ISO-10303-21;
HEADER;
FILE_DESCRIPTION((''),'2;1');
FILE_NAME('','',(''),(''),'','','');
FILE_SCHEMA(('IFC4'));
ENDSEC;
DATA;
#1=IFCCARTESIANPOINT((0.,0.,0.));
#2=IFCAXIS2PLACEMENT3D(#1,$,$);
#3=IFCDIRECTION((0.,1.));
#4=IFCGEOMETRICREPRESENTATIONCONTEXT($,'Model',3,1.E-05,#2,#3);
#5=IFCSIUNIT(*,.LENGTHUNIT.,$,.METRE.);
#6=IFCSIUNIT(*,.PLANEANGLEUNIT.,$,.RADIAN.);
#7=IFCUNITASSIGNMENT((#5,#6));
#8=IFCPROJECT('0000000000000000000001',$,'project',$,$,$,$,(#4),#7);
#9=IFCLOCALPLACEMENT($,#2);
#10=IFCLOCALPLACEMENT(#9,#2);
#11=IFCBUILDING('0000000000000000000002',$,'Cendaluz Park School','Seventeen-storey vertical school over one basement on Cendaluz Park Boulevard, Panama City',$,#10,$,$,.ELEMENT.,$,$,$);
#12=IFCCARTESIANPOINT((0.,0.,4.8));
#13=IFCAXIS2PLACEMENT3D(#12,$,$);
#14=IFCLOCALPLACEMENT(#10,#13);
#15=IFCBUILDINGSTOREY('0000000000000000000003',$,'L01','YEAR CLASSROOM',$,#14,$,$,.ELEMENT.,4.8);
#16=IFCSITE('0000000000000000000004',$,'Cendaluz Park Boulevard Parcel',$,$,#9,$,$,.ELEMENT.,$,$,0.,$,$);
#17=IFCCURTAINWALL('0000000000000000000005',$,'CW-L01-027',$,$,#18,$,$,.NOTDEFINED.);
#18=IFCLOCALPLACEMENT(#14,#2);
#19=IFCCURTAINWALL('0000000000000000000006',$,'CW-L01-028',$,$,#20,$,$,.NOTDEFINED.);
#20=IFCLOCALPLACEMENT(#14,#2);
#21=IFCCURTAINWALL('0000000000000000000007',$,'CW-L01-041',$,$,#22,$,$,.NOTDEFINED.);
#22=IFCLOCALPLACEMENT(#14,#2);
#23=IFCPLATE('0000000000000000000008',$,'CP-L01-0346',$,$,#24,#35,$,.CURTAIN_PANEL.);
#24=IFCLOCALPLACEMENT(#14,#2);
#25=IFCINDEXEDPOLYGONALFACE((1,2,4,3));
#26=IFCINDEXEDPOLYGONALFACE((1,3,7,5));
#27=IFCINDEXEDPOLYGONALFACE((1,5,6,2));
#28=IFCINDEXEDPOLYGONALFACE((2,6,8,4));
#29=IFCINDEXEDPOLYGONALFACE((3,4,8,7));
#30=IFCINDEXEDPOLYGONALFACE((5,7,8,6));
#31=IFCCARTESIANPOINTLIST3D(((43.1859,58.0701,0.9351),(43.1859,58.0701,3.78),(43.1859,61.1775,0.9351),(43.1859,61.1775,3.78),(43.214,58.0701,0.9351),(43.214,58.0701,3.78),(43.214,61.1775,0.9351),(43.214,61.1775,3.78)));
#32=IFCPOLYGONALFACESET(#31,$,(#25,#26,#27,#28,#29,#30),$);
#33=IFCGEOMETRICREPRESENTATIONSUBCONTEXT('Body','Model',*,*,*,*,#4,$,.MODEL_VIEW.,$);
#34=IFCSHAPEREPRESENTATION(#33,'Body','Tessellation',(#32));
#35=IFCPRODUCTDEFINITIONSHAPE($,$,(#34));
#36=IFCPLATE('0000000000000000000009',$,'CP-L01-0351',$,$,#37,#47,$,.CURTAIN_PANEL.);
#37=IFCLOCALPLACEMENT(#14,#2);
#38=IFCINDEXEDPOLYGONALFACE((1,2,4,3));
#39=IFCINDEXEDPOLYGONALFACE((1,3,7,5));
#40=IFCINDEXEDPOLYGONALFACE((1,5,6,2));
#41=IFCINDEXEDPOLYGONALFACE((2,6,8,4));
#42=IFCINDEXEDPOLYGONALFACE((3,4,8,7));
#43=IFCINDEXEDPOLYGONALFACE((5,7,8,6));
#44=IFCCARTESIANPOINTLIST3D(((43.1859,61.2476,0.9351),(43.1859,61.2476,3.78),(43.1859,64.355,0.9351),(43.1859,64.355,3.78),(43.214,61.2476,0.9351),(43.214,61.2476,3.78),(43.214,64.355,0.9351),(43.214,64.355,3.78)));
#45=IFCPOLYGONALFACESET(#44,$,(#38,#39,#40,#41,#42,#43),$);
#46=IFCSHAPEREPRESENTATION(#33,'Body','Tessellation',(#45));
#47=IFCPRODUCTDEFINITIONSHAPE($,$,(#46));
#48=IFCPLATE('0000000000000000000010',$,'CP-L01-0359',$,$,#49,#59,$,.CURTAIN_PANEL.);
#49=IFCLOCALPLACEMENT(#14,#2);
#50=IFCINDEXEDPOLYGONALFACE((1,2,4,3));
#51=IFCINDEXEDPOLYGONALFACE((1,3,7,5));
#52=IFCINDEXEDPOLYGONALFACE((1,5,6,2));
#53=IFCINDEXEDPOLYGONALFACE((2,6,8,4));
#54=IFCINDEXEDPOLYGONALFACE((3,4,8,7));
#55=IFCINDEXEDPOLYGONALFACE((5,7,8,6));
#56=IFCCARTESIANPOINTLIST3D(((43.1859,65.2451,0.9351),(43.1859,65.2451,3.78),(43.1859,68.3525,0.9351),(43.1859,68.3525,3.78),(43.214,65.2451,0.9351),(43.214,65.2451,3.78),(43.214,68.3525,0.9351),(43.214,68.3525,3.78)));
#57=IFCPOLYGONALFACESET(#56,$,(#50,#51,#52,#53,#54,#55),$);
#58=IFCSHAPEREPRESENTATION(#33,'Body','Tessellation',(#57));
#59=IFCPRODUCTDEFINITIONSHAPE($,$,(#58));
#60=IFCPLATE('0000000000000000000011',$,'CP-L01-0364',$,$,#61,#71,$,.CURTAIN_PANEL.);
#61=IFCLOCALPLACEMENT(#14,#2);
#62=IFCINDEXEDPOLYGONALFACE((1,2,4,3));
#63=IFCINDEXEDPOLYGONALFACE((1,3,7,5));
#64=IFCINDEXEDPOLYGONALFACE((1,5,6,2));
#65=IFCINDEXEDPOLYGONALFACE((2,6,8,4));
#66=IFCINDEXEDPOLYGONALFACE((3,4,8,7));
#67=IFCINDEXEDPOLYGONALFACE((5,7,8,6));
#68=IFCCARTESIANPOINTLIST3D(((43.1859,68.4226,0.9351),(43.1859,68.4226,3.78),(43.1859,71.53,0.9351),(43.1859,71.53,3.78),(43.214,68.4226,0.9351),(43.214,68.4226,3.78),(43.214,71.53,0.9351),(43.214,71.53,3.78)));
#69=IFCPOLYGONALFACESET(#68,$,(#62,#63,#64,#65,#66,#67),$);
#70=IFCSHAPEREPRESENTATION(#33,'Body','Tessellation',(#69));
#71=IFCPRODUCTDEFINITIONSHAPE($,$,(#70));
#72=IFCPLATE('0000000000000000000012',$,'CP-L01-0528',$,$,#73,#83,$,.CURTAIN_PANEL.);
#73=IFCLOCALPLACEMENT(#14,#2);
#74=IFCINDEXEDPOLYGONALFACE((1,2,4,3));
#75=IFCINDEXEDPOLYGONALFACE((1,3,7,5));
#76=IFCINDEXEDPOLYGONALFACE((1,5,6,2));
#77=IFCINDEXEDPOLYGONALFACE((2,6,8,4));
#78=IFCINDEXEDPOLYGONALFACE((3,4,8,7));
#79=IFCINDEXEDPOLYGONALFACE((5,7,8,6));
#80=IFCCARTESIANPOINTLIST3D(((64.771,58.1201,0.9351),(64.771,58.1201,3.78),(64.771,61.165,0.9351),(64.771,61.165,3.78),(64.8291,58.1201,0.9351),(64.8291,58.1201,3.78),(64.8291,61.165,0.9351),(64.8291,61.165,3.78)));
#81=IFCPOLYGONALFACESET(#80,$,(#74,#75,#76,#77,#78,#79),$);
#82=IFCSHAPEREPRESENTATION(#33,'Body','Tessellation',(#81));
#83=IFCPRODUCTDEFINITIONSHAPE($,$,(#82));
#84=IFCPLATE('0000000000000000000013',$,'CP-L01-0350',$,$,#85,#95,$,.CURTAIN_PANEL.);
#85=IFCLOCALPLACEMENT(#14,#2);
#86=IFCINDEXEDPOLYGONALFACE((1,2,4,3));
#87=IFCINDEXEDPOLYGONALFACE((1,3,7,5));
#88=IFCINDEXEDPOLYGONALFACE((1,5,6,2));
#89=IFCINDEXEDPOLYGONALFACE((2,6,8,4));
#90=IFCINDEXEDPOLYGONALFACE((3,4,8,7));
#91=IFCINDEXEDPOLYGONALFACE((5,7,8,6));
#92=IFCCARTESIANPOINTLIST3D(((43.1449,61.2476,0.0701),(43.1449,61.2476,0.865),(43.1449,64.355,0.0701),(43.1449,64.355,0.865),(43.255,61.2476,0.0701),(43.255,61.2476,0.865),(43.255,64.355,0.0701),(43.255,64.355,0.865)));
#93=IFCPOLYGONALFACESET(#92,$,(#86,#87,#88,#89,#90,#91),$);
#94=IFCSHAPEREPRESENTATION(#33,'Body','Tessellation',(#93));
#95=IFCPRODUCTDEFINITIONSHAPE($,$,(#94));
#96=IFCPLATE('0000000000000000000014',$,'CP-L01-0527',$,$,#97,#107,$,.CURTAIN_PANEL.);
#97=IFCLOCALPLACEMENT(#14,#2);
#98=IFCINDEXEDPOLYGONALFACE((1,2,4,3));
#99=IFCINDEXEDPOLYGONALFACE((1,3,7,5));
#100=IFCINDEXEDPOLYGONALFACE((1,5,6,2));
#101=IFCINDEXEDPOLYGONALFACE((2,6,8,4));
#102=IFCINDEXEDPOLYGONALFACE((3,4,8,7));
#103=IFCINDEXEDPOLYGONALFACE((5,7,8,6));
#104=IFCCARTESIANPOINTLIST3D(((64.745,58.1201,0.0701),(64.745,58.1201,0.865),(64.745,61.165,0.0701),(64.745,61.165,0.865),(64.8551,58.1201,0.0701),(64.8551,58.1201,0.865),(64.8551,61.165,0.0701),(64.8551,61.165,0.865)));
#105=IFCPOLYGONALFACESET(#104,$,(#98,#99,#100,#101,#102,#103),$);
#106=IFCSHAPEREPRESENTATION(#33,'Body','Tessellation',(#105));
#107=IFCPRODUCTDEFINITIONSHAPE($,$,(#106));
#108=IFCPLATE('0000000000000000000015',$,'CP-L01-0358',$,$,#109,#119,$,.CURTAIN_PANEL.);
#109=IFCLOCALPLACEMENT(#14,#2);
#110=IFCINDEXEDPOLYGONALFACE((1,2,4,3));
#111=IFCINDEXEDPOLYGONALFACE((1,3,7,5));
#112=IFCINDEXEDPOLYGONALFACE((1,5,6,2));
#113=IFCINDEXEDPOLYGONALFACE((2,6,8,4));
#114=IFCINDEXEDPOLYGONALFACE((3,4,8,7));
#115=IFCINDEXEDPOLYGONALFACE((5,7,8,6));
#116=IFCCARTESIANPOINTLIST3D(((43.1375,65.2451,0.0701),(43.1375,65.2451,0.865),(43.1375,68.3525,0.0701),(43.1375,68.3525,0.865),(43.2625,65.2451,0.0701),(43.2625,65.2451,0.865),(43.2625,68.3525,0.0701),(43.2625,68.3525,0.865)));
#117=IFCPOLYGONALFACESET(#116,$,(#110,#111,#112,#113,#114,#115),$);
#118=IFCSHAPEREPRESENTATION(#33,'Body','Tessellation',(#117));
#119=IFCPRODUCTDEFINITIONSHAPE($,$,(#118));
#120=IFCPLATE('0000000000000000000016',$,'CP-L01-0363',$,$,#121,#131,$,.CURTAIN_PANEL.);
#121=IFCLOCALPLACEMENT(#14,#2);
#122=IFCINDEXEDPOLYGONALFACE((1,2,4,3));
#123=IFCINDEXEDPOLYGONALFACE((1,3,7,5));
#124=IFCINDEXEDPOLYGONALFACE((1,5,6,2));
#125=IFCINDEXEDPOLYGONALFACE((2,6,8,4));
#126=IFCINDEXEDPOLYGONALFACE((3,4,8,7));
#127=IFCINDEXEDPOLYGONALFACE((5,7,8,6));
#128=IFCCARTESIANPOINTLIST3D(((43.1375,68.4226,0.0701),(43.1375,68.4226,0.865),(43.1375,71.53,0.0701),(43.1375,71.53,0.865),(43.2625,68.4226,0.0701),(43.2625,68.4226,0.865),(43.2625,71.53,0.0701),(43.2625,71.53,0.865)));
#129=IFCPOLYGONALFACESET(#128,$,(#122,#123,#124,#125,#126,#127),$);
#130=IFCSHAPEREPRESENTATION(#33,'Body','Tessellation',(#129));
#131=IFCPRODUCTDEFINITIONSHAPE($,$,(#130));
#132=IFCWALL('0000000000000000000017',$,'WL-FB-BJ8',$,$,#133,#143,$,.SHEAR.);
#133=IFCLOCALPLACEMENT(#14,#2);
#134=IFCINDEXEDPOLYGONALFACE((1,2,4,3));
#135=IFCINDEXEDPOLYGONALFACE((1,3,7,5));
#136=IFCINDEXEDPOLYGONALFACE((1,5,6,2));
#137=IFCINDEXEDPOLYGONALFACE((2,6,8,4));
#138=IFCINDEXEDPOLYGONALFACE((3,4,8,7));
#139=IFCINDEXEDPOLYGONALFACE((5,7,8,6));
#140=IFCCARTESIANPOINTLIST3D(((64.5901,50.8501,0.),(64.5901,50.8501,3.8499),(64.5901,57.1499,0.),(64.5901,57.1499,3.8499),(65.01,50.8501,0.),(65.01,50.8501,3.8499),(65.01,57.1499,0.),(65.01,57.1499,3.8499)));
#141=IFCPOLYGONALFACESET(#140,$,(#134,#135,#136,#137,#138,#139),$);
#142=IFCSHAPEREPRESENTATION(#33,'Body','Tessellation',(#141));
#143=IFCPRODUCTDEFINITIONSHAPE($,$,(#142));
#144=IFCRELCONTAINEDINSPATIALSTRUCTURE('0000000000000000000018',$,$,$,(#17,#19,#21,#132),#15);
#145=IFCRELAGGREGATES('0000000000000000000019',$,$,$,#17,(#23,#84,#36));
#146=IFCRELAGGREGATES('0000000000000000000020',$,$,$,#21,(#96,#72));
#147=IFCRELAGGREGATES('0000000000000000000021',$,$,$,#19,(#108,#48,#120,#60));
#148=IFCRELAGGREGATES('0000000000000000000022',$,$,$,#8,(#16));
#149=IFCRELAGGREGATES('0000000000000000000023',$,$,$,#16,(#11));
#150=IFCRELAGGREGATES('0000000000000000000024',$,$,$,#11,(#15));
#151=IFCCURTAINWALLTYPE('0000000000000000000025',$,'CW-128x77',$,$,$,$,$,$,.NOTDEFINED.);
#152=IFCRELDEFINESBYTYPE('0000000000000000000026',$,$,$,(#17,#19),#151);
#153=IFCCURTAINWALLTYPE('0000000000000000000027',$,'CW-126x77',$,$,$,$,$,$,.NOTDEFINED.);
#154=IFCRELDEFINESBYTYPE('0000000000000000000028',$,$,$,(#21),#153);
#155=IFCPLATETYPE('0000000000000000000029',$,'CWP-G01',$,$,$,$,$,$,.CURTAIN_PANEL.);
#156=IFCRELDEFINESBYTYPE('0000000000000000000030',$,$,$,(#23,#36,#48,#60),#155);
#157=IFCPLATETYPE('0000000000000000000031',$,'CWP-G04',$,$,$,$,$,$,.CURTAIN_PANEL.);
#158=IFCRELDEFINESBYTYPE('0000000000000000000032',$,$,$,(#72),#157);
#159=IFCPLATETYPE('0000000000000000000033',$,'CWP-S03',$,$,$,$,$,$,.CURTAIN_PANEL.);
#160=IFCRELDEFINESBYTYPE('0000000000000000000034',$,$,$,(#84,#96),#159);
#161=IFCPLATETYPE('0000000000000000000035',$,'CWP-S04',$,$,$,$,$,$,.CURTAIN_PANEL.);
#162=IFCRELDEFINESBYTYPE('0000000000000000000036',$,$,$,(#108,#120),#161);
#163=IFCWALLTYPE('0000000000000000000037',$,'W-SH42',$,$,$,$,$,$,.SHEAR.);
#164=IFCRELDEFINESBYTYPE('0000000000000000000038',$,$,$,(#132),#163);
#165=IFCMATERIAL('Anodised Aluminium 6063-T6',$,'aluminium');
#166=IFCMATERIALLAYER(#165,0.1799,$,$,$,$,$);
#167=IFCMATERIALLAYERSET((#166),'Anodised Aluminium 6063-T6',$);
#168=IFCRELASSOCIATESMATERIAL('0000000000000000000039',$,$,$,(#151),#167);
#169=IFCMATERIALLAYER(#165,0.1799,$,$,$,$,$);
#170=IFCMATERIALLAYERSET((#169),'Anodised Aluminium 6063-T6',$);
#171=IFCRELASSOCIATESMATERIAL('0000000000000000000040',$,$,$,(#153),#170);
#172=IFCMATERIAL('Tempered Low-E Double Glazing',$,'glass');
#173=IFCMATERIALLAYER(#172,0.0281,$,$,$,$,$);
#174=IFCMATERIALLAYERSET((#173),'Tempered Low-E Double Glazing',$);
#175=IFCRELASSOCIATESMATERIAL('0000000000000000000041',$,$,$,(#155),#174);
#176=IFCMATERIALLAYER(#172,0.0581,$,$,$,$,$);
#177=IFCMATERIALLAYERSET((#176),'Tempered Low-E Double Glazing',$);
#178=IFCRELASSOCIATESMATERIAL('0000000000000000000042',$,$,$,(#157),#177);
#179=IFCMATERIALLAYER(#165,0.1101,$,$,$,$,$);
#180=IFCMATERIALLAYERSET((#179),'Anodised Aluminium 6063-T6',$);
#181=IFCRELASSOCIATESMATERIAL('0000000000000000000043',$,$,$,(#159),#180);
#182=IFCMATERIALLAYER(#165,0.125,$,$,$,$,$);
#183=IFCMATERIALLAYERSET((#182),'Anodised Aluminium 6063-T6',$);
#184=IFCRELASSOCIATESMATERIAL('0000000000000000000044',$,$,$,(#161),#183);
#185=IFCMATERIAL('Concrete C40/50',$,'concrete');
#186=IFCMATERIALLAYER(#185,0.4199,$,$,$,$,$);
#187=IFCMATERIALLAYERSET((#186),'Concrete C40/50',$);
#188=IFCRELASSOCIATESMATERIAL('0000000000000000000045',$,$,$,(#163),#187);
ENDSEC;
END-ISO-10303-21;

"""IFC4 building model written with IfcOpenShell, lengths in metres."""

from ifc_helpers import new_model, si_unit, direction, frame, frame_2d, origin, origin_2d, place, context, subcontext, project, spatial, rectangle, extrude, material, layer, layer_set, type_object, element, aggregate, save


model = new_model("IFC4")

# Units and contexts
model_context = context("Model", 3, precision=1e-05, world=origin(), true_north=direction((0.0, 1.0)))
body_context = subcontext(model_context, "Body", "Model", "MODEL_VIEW")
ifc_project = project(units=[si_unit("LENGTHUNIT", "METRE"), si_unit("PLANEANGLEUNIT", "RADIAN")], contexts=[model_context])

# Site, building, storey
site_placement = place(None, origin())
site = spatial("IfcSite", under=ifc_project, at=site_placement, Name="Cendaluz Park Boulevard Parcel", CompositionType="ELEMENT", RefElevation=0.0)
building_placement = place(site_placement, origin())
building = spatial("IfcBuilding", under=site, at=building_placement, Name="Cendaluz Park School", Description="Seventeen-storey vertical school over one basement on Cendaluz Park Boulevard, Panama City", CompositionType="ELEMENT")
storey_placement = place(building_placement, frame((0.0, 0.0, 4.8)))
storey = spatial("IfcBuildingStorey", under=building, at=storey_placement, Name="L01", Description="YEAR CLASSROOM", CompositionType="ELEMENT", Elevation=4.8)

# Shared definitions
ifc_material_1 = material(Name="Concrete C40/50", Category="concrete")

# Curtain walls
ifc_material_2 = material(Name="Anodised Aluminium 6063-T6", Category="aluminium")
ifc_layer_1 = layer(ifc_material_2, 0.1799)
ifc_layer_set_1 = layer_set([ifc_layer_1], Name="Anodised Aluminium 6063-T6")
curtain_wall_type_1 = type_object("IfcCurtainWallType", Name="CW-128x77", PredefinedType="NOTDEFINED", material=ifc_layer_set_1)
curtain_wall_1_placement = place(storey_placement, origin())
curtain_wall_1 = element("IfcCurtainWall", 1, at=curtain_wall_1_placement, inside=storey, type_object=curtain_wall_type_1, Name="CW-L01-027", PredefinedType="NOTDEFINED")
curtain_wall_2_placement = place(storey_placement, origin())
curtain_wall_2 = element("IfcCurtainWall", 2, at=curtain_wall_2_placement, inside=storey, type_object=curtain_wall_type_1, Name="CW-L01-028", PredefinedType="NOTDEFINED")
ifc_layer_2 = layer(ifc_material_2, 0.1799)
ifc_layer_set_2 = layer_set([ifc_layer_2], Name="Anodised Aluminium 6063-T6")
curtain_wall_type_2 = type_object("IfcCurtainWallType", Name="CW-126x77", PredefinedType="NOTDEFINED", material=ifc_layer_set_2)
curtain_wall_3_placement = place(storey_placement, origin())
curtain_wall_3 = element("IfcCurtainWall", 3, at=curtain_wall_3_placement, inside=storey, type_object=curtain_wall_type_2, Name="CW-L01-041", PredefinedType="NOTDEFINED")

# Plates
ifc_material_3 = material(Name="Tempered Low-E Double Glazing", Category="glass")
ifc_layer_3 = layer(ifc_material_3, 0.0281)
ifc_layer_set_3 = layer_set([ifc_layer_3], Name="Tempered Low-E Double Glazing")
plate_type_1 = type_object("IfcPlateType", Name="CWP-G01", PredefinedType="CURTAIN_PANEL", material=ifc_layer_set_3)
plate_1_placement = place(storey_placement, frame((43.2, 59.6238, 0.9351), z_axis=(0.0, 0.0, 1.0), x_axis=(0.0, 1.0, 0.0)))
plate_1 = element("IfcPlate", 4, at=plate_1_placement, type_object=plate_type_1, Name="CP-L01-0346", PredefinedType="CURTAIN_PANEL", context=body_context, shape_type="SweptSolid", body=[
    extrude(rectangle(XDim=3.1074, YDim=0.0281, at=origin_2d()), origin(), (0.0, 0.0, 1.0), 2.845),
])
plate_2_placement = place(storey_placement, frame((43.2, 62.8013, 0.9351), z_axis=(0.0, 0.0, 1.0), x_axis=(0.0, 1.0, 0.0)))
plate_2 = element("IfcPlate", 5, at=plate_2_placement, type_object=plate_type_1, Name="CP-L01-0351", PredefinedType="CURTAIN_PANEL", context=body_context, shape_type="SweptSolid", body=[
    extrude(rectangle(XDim=3.1074, YDim=0.0281, at=origin_2d()), origin(), (0.0, 0.0, 1.0), 2.845),
])
plate_3_placement = place(storey_placement, frame((43.2, 66.7988, 0.9351), z_axis=(0.0, 0.0, 1.0), x_axis=(0.0, 1.0, 0.0)))
plate_3 = element("IfcPlate", 6, at=plate_3_placement, type_object=plate_type_1, Name="CP-L01-0359", PredefinedType="CURTAIN_PANEL", context=body_context, shape_type="SweptSolid", body=[
    extrude(rectangle(XDim=3.1074, YDim=0.0281, at=origin_2d()), origin(), (0.0, 0.0, 1.0), 2.845),
])
plate_4_placement = place(storey_placement, frame((43.2, 69.9763, 0.9351), z_axis=(0.0, 0.0, 1.0), x_axis=(0.0, 1.0, 0.0)))
plate_4 = element("IfcPlate", 7, at=plate_4_placement, type_object=plate_type_1, Name="CP-L01-0364", PredefinedType="CURTAIN_PANEL", context=body_context, shape_type="SweptSolid", body=[
    extrude(rectangle(XDim=3.1074, YDim=0.0281, at=origin_2d()), origin(), (0.0, 0.0, 1.0), 2.845),
])
ifc_layer_4 = layer(ifc_material_3, 0.0581)
ifc_layer_set_4 = layer_set([ifc_layer_4], Name="Tempered Low-E Double Glazing")
plate_type_2 = type_object("IfcPlateType", Name="CWP-G04", PredefinedType="CURTAIN_PANEL", material=ifc_layer_set_4)
plate_5_placement = place(storey_placement, frame((64.8, 59.6426, 0.9351), z_axis=(0.0, 0.0, 1.0), x_axis=(0.0, 1.0, 0.0)))
plate_5 = element("IfcPlate", 8, at=plate_5_placement, type_object=plate_type_2, Name="CP-L01-0528", PredefinedType="CURTAIN_PANEL", context=body_context, shape_type="SweptSolid", body=[
    extrude(rectangle(XDim=3.0449, YDim=0.0581, at=origin_2d()), origin(), (0.0, 0.0, 1.0), 2.845),
])
ifc_layer_5 = layer(ifc_material_2, 0.1101)
ifc_layer_set_5 = layer_set([ifc_layer_5], Name="Anodised Aluminium 6063-T6")
plate_type_3 = type_object("IfcPlateType", Name="CWP-S03", PredefinedType="CURTAIN_PANEL", material=ifc_layer_set_5)
plate_6_placement = place(storey_placement, frame((43.2, 62.8013, 0.0701), z_axis=(0.0, 0.0, 1.0), x_axis=(0.0, 1.0, 0.0)))
plate_6 = element("IfcPlate", 9, at=plate_6_placement, type_object=plate_type_3, Name="CP-L01-0350", PredefinedType="CURTAIN_PANEL", context=body_context, shape_type="SweptSolid", body=[
    extrude(rectangle(XDim=3.1074, YDim=0.1101, at=origin_2d()), origin(), (0.0, 0.0, 1.0), 0.7949),
])
aggregate(curtain_wall_1, [plate_1, plate_6, plate_2])
plate_7_placement = place(storey_placement, frame((64.8, 59.6426, 0.0701), z_axis=(0.0, 0.0, 1.0), x_axis=(0.0, 1.0, 0.0)))
plate_7 = element("IfcPlate", 10, at=plate_7_placement, type_object=plate_type_3, Name="CP-L01-0527", PredefinedType="CURTAIN_PANEL", context=body_context, shape_type="SweptSolid", body=[
    extrude(rectangle(XDim=3.0449, YDim=0.1101, at=origin_2d()), origin(), (0.0, 0.0, 1.0), 0.7949),
])
aggregate(curtain_wall_3, [plate_7, plate_5])
ifc_layer_6 = layer(ifc_material_2, 0.125)
ifc_layer_set_6 = layer_set([ifc_layer_6], Name="Anodised Aluminium 6063-T6")
plate_type_4 = type_object("IfcPlateType", Name="CWP-S04", PredefinedType="CURTAIN_PANEL", material=ifc_layer_set_6)
plate_8_placement = place(storey_placement, frame((43.2, 66.7988, 0.0701), z_axis=(0.0, 0.0, 1.0), x_axis=(0.0, 1.0, 0.0)))
plate_8 = element("IfcPlate", 11, at=plate_8_placement, type_object=plate_type_4, Name="CP-L01-0358", PredefinedType="CURTAIN_PANEL", context=body_context, shape_type="SweptSolid", body=[
    extrude(rectangle(XDim=3.1074, YDim=0.125, at=origin_2d()), origin(), (0.0, 0.0, 1.0), 0.7949),
])
plate_9_placement = place(storey_placement, frame((43.2, 69.9763, 0.0701), z_axis=(0.0, 0.0, 1.0), x_axis=(0.0, 1.0, 0.0)))
plate_9 = element("IfcPlate", 12, at=plate_9_placement, type_object=plate_type_4, Name="CP-L01-0363", PredefinedType="CURTAIN_PANEL", context=body_context, shape_type="SweptSolid", body=[
    extrude(rectangle(XDim=3.1074, YDim=0.125, at=origin_2d()), origin(), (0.0, 0.0, 1.0), 0.7949),
])
aggregate(curtain_wall_2, [plate_8, plate_3, plate_9, plate_4])

# Wall
ifc_layer_7 = layer(ifc_material_1, 0.4199)
ifc_layer_set_7 = layer_set([ifc_layer_7], Name="Concrete C40/50")
wall_type = type_object("IfcWallType", Name="W-SH42", PredefinedType="SHEAR", material=ifc_layer_set_7)
wall_placement = place(storey_placement, frame((64.8, 50.8501, 0.0), z_axis=(0.0, 0.0, 1.0), x_axis=(0.0, 1.0, 0.0)))
element("IfcWall", 13, at=wall_placement, inside=storey, type_object=wall_type, Name="WL-FB-BJ8", PredefinedType="SHEAR", context=body_context, shape_type="SweptSolid", body=[
    extrude(rectangle(XDim=6.2998, YDim=0.4199, at=frame_2d((3.1499, 0.0))), origin(), (0.0, 0.0, 1.0), 3.8499),
])

save(model, "model.ifc")
